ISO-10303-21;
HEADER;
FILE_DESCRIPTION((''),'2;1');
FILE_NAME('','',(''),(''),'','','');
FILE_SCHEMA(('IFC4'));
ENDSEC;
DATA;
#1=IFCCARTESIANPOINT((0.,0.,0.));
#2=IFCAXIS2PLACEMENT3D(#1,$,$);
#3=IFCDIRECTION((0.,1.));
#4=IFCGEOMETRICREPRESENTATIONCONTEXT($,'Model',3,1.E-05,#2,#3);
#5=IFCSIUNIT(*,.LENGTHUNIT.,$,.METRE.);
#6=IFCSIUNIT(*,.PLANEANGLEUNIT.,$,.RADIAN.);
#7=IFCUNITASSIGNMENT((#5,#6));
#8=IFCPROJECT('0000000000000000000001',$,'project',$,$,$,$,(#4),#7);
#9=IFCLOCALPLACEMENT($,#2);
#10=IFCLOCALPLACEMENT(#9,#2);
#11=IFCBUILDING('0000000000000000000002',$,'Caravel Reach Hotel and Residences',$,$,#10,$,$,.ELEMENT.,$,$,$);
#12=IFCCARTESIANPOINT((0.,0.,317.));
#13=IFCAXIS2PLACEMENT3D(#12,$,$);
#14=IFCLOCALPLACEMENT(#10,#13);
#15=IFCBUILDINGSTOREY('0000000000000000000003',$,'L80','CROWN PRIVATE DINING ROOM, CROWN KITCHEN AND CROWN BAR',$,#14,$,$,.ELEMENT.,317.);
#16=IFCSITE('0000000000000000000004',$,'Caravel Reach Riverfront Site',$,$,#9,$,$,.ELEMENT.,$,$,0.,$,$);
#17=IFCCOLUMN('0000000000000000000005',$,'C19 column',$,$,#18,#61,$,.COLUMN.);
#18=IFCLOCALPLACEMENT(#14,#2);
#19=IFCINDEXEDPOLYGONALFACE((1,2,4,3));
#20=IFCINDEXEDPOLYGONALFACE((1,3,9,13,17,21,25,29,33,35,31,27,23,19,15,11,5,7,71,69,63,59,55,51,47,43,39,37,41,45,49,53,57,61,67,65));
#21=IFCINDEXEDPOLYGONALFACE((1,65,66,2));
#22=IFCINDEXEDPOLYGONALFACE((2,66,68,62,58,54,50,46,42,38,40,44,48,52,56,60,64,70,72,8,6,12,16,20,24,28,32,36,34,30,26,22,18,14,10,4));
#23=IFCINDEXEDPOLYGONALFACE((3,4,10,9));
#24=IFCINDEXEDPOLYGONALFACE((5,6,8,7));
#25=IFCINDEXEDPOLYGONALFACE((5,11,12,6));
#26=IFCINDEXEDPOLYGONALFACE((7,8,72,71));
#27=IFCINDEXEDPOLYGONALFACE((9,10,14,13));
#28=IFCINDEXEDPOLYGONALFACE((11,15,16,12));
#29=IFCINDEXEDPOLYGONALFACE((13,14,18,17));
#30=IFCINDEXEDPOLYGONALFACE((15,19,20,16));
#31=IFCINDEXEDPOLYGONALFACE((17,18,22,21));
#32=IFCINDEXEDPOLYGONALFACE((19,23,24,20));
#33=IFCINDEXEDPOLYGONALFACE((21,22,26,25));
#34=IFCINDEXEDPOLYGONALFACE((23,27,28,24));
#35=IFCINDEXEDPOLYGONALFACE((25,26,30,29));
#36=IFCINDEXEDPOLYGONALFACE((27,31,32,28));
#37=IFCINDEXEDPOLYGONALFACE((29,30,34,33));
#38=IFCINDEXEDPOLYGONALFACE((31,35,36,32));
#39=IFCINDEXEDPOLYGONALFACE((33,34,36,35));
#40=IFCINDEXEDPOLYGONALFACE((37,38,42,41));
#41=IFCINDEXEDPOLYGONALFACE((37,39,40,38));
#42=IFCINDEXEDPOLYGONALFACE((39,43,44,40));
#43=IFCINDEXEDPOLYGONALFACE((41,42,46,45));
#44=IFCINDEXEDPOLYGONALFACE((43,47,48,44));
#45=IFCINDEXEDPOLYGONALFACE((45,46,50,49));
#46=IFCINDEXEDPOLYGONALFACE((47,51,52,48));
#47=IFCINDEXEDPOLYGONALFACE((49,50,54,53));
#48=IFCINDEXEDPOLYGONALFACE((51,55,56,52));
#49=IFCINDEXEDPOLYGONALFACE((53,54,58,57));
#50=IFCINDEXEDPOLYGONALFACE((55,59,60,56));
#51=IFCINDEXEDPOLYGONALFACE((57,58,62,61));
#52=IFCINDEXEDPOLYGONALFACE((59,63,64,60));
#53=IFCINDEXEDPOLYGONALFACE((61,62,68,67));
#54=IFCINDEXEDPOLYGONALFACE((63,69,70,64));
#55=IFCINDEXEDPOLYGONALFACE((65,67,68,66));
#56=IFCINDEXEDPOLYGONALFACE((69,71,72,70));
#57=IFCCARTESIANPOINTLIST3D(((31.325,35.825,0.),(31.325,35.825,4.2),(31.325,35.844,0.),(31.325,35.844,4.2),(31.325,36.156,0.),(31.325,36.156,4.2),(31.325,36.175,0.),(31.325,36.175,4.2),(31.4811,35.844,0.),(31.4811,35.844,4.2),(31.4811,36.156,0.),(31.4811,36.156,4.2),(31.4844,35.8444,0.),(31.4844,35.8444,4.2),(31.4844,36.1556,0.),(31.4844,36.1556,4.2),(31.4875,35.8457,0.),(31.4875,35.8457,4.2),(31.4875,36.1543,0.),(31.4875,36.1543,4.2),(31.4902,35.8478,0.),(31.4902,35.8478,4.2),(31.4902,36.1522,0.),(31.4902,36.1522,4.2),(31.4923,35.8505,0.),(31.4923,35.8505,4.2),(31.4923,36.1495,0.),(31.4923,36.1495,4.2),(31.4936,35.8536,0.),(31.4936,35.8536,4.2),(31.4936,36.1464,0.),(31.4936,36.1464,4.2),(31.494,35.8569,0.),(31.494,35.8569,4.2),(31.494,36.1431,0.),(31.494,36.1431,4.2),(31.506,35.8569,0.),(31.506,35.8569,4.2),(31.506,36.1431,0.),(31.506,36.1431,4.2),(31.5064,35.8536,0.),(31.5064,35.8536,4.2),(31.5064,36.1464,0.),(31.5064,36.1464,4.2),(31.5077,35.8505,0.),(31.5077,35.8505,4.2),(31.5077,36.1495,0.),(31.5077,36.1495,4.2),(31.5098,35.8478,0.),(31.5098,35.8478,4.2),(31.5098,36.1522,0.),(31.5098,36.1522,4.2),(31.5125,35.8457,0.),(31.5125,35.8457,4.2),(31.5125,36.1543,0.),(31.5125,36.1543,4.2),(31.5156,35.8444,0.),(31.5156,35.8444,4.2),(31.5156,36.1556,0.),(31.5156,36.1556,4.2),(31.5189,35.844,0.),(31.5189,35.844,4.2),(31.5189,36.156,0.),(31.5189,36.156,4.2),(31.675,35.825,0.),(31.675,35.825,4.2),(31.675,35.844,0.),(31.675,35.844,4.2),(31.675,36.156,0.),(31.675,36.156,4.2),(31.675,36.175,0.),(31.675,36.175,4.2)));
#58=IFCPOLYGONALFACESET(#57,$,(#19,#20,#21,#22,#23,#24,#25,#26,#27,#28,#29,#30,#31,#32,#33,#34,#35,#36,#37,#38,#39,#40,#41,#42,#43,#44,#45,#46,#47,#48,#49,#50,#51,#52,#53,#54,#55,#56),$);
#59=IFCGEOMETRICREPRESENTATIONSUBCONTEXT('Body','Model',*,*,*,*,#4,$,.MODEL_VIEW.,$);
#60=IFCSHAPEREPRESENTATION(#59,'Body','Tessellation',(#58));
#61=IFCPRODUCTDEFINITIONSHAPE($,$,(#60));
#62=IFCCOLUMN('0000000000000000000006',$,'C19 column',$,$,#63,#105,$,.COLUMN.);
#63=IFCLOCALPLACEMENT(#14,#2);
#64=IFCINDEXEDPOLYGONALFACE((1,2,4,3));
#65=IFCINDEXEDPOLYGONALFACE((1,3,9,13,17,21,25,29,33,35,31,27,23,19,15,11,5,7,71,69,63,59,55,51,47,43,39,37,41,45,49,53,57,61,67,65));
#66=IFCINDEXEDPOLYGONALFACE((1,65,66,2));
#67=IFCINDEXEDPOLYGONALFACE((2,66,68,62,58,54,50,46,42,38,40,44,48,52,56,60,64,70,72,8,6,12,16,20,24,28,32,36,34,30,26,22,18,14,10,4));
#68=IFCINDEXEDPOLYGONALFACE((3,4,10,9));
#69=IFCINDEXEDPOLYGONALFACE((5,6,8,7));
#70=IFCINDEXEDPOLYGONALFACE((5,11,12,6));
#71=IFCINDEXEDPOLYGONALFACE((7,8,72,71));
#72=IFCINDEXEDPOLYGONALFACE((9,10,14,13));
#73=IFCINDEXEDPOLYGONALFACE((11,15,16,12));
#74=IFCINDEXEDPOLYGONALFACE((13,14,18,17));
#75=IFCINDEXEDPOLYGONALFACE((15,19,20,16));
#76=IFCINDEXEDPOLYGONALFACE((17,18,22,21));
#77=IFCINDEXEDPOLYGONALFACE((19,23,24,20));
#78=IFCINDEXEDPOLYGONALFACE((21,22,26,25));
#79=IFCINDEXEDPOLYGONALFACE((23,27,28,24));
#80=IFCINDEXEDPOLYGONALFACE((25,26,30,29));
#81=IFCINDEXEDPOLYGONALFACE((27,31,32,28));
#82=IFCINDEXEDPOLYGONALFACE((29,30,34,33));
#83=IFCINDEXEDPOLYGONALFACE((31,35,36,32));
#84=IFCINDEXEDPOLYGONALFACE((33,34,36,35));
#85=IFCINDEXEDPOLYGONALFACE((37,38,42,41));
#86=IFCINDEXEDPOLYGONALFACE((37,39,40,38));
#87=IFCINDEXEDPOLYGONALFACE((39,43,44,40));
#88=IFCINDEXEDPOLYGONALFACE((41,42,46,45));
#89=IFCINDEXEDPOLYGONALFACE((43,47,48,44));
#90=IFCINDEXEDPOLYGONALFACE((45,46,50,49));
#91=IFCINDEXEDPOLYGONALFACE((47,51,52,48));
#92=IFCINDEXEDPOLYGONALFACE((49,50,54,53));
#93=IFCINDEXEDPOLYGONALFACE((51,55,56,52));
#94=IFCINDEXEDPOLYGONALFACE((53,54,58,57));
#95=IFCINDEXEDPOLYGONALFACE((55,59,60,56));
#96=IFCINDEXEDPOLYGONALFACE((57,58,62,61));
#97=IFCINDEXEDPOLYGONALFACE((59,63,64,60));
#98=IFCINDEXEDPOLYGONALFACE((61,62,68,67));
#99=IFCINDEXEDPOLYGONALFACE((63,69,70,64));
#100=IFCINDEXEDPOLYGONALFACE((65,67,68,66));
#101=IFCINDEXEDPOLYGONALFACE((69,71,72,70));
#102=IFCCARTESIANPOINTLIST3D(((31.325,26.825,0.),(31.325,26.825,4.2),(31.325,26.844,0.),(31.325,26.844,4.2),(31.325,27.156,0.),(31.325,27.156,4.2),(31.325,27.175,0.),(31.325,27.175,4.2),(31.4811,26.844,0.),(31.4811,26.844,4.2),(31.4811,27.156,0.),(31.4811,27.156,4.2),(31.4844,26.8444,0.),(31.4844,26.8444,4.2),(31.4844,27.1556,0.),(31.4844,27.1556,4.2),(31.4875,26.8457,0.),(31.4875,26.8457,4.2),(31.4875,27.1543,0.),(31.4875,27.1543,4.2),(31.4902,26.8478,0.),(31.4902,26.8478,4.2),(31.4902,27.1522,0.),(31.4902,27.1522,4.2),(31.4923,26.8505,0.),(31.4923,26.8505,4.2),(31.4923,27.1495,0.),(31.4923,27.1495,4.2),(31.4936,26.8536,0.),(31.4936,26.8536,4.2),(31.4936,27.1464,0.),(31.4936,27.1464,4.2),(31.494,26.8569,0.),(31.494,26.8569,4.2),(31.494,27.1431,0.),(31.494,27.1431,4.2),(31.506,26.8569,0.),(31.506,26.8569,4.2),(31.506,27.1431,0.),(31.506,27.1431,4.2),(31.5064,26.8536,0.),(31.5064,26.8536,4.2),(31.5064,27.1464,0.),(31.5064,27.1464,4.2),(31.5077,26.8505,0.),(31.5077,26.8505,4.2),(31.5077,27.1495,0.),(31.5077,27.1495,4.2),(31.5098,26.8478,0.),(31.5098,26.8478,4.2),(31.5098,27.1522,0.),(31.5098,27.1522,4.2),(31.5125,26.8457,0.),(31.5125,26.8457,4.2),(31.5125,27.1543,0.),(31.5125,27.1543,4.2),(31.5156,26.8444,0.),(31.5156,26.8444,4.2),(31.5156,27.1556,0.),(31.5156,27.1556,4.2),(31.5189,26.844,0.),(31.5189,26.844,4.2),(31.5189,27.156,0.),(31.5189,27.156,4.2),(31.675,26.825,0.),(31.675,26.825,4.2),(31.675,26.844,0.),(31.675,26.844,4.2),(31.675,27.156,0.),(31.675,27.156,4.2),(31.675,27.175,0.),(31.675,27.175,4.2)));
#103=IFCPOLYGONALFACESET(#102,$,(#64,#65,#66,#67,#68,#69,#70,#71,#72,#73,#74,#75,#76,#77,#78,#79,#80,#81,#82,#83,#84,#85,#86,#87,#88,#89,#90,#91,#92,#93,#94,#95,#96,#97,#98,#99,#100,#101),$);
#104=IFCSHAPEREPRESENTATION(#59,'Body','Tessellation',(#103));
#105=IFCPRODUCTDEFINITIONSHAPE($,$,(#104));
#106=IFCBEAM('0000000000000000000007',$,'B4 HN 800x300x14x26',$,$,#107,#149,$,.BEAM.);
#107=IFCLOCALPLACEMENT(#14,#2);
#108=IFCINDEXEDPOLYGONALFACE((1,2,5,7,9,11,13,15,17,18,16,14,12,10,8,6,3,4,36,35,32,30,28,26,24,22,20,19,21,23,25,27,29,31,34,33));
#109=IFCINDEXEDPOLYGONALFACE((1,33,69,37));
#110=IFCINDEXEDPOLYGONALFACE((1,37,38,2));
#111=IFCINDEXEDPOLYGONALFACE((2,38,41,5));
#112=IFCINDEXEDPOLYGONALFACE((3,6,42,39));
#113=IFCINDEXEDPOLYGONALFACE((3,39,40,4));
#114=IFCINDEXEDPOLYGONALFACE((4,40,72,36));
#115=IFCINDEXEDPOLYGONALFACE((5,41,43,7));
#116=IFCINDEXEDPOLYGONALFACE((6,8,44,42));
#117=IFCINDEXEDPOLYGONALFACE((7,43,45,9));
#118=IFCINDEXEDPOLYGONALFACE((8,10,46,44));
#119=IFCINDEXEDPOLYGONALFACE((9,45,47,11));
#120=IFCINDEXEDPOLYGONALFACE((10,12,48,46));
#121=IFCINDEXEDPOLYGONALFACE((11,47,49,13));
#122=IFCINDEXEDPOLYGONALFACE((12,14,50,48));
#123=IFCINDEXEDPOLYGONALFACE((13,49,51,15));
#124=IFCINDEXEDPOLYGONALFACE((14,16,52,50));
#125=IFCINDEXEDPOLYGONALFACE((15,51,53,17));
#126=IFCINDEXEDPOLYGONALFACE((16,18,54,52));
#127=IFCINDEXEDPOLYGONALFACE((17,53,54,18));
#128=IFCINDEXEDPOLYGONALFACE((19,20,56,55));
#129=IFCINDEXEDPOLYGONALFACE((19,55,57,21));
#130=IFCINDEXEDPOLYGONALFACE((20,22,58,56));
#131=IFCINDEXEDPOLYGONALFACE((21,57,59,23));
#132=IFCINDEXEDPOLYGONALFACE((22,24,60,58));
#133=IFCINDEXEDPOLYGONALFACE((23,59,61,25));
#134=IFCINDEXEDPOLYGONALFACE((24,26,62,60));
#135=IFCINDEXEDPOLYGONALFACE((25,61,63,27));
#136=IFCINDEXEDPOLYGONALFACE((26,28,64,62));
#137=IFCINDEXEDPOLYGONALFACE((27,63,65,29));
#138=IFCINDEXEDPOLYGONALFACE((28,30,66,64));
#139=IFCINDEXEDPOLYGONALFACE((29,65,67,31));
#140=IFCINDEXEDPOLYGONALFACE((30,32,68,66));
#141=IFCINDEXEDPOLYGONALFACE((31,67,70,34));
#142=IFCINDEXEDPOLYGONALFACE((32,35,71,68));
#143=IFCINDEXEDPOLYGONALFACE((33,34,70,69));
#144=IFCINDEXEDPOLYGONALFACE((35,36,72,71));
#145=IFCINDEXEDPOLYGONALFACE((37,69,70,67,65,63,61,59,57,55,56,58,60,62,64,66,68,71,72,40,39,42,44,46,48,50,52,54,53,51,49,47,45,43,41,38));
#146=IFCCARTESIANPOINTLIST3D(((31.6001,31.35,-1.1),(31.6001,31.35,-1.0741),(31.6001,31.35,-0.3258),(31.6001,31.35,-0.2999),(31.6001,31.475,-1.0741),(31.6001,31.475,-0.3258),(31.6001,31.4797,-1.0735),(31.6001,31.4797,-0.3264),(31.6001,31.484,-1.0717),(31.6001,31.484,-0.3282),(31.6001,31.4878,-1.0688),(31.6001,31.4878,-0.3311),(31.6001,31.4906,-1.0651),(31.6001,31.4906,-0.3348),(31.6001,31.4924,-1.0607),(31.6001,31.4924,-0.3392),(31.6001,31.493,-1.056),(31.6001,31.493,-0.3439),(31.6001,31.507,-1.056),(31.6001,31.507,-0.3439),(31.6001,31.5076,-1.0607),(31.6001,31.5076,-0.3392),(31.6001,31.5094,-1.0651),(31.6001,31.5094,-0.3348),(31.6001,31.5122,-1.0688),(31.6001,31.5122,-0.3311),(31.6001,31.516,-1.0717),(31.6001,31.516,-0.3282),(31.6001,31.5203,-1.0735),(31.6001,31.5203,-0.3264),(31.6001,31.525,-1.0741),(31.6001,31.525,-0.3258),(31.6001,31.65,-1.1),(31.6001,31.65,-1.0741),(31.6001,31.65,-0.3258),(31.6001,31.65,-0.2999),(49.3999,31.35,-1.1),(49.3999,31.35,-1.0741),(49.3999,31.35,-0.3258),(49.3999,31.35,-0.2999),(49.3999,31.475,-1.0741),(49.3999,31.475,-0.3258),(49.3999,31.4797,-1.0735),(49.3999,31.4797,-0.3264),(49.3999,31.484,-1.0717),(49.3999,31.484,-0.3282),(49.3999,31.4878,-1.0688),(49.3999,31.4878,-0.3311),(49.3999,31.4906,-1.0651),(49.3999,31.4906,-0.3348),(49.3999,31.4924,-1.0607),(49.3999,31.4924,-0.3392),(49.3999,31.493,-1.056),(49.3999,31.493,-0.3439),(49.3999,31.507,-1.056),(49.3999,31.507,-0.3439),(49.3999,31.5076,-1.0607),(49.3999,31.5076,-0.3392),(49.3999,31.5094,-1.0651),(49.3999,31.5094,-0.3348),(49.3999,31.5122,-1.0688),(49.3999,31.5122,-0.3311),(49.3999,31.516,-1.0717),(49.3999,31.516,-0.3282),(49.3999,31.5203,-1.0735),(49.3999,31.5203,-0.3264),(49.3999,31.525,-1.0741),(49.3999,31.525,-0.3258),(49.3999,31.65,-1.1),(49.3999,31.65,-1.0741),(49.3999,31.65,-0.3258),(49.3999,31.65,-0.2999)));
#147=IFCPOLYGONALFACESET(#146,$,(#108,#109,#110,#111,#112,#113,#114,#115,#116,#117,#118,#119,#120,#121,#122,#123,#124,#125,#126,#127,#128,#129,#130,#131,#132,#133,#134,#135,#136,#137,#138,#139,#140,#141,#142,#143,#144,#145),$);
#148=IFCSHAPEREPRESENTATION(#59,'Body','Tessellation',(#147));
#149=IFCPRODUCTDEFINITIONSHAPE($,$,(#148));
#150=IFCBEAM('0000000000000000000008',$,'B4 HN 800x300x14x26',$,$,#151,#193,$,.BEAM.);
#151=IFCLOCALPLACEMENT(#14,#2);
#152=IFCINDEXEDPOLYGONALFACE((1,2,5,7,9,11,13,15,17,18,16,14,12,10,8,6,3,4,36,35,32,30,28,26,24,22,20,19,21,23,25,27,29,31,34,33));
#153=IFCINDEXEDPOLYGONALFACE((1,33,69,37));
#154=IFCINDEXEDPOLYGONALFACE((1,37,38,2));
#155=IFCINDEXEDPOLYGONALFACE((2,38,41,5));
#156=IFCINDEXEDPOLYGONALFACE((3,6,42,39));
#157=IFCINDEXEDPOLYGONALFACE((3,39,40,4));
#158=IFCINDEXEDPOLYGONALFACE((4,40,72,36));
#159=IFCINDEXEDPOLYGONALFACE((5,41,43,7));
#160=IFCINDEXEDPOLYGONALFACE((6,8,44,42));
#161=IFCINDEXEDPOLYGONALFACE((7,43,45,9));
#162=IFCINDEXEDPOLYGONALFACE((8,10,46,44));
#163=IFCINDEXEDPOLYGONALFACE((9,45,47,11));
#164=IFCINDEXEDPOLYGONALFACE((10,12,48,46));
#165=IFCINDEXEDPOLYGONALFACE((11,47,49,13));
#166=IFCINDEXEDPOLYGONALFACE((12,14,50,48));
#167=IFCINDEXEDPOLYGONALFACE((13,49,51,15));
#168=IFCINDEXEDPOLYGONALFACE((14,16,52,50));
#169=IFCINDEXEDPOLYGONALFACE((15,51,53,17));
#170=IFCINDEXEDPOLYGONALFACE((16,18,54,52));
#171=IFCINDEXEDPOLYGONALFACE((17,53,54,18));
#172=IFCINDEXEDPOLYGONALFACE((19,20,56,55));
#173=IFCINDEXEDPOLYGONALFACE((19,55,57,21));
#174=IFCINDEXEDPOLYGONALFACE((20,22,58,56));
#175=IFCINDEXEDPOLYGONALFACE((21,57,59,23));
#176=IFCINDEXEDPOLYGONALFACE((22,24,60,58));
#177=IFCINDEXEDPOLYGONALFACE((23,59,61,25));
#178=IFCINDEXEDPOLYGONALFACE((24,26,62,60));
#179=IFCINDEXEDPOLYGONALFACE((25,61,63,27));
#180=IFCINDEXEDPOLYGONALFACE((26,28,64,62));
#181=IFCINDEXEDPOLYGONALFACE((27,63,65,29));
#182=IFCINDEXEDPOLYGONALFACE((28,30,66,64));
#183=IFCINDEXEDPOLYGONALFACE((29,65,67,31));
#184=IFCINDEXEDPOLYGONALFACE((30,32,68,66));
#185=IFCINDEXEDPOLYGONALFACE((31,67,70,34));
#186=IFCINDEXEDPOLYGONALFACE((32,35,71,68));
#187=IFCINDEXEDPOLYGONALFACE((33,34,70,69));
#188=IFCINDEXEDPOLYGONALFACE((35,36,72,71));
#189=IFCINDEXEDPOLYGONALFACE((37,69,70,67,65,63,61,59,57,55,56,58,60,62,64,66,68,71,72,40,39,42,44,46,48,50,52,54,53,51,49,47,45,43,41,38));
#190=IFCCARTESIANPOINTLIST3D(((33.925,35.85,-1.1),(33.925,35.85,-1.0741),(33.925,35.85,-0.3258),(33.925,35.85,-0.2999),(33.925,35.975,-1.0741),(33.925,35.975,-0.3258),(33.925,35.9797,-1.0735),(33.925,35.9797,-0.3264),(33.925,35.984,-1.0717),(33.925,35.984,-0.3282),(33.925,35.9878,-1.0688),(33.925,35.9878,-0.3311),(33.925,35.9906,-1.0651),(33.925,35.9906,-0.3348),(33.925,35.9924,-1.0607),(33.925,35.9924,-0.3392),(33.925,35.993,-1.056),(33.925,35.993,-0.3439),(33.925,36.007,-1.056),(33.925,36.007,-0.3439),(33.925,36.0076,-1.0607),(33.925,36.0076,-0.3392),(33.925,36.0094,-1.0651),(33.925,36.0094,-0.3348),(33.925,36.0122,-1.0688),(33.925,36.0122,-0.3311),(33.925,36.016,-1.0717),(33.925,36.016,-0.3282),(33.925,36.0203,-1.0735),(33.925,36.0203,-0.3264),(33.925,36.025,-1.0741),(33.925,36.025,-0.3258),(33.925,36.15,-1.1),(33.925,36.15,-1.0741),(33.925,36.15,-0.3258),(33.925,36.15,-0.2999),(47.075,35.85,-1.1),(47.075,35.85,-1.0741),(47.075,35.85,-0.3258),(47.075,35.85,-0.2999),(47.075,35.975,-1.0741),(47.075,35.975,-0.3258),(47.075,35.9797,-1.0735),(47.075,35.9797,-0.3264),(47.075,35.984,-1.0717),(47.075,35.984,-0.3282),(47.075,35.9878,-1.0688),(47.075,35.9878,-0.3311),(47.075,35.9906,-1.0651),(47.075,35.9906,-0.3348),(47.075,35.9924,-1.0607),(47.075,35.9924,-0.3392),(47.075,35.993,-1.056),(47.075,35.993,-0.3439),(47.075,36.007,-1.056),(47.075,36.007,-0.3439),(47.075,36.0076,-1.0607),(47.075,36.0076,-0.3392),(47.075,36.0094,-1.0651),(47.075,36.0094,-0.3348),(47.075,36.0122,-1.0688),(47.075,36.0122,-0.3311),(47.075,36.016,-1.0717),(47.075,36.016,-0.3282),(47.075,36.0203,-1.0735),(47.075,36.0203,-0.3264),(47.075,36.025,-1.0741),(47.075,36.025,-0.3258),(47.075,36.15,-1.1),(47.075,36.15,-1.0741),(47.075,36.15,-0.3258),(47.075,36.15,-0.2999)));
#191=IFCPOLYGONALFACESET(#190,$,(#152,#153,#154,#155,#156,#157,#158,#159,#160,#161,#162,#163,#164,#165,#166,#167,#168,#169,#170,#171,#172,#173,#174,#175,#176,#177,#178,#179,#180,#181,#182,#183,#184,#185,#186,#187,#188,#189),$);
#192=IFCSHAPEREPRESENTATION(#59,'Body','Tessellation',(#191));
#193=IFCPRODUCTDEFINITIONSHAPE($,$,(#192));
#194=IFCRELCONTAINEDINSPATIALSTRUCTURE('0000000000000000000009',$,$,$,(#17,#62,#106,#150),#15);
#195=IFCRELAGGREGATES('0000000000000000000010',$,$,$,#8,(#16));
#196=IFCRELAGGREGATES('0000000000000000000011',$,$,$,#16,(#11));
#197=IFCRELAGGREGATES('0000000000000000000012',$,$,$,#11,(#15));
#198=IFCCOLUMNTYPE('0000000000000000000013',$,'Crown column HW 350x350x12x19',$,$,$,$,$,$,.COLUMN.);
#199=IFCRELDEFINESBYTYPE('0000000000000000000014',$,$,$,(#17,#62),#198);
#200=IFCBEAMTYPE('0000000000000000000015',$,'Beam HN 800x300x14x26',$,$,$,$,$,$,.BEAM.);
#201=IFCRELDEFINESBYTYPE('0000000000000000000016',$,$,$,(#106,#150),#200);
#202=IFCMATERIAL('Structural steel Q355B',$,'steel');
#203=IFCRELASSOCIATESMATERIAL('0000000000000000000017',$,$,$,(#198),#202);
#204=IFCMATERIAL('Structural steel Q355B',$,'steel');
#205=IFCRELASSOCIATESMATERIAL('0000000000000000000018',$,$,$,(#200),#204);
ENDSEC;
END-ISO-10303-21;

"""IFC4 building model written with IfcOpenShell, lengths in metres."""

from ifc_helpers import new_model, si_unit, direction, frame, origin, origin_2d, place, context, subcontext, project, spatial, i_section, extrude, material, material_profile, profile_set, type_object, element, save


model = new_model("IFC4")

# Units and contexts
model_context = context("Model", 3, precision=1e-05, world=origin(), true_north=direction((0.0, 1.0)))
body_context = subcontext(model_context, "Body", "Model", "MODEL_VIEW")
ifc_project = project(units=[si_unit("LENGTHUNIT", "METRE"), si_unit("PLANEANGLEUNIT", "RADIAN")], contexts=[model_context])

# Site, building, storey
site_placement = place(None, origin())
site = spatial("IfcSite", under=ifc_project, at=site_placement, Name="Caravel Reach Riverfront Site", CompositionType="ELEMENT", RefElevation=0.0)
building_placement = place(site_placement, origin())
building = spatial("IfcBuilding", under=site, at=building_placement, Name="Caravel Reach Hotel and Residences", CompositionType="ELEMENT")
storey_placement = place(building_placement, frame((0.0, 0.0, 317.0)))
storey = spatial("IfcBuildingStorey", under=building, at=storey_placement, Name="L80", Description="CROWN PRIVATE DINING ROOM, CROWN KITCHEN AND CROWN BAR", CompositionType="ELEMENT", Elevation=317.0)

# Columns
ifc_material_1 = material(Name="Structural steel Q355B", Category="steel")
ifc_material_profile_1 = material_profile(ifc_material_1, i_section(OverallWidth=0.3501, OverallDepth=0.3501, WebThickness=0.012, FlangeThickness=0.019, FilletRadius=0.0129, at=origin_2d()), Name="HW 350x350x12x19")
ifc_profile_set_1 = profile_set([ifc_material_profile_1], Name="Structural steel Q355B")
column_type = type_object("IfcColumnType", Name="Crown column HW 350x350x12x19", PredefinedType="COLUMN", material=ifc_profile_set_1)
for number, where, z_axis, x_axis, name in (
    (1, (31.5, 36.0, 0.0), (0.0, 0.0, 1.0), (1.0, 0.0, 0.0), "C19 column"),
    (2, (31.5, 27.0, 0.0), (0.0, 0.0, 1.0), (1.0, 0.0, 0.0), "C19 column"),
):
    element("IfcColumn", number, at=place(storey_placement, frame(where, z_axis=z_axis, x_axis=x_axis)), inside=storey, type_object=column_type, Name=name, PredefinedType="COLUMN", context=body_context, shape_type="SweptSolid", body=[
        extrude(i_section(OverallWidth=0.3501, OverallDepth=0.3501, WebThickness=0.012, FlangeThickness=0.019, FilletRadius=0.0129, at=origin_2d()), origin(), (0.0, 0.0, 1.0), 4.2),
    ])

# Beams
ifc_material_2 = material(Name="Structural steel Q355B", Category="steel")
ifc_material_profile_2 = material_profile(ifc_material_2, i_section(OverallWidth=0.3, OverallDepth=0.8, WebThickness=0.0139, FlangeThickness=0.0259, FilletRadius=0.0181, at=origin_2d()), Name="HN 800x300x14x26")
ifc_profile_set_2 = profile_set([ifc_material_profile_2], Name="Structural steel Q355B")
beam_type_1 = type_object("IfcBeamType", Name="Beam HN 800x300x14x26", PredefinedType="BEAM", material=ifc_profile_set_2)
beam_1_placement = place(storey_placement, frame((31.6001, 31.5, -0.7), z_axis=(1.0, 0.0, 0.0), x_axis=(0.0, 1.0, 0.0)))
element("IfcBeam", 3, at=beam_1_placement, inside=storey, type_object=beam_type_1, Name="B4 HN 800x300x14x26", PredefinedType="BEAM", context=body_context, shape_type="SweptSolid", body=[
    extrude(i_section(OverallWidth=0.3, OverallDepth=0.8, WebThickness=0.0139, FlangeThickness=0.0259, FilletRadius=0.0181, at=origin_2d()), origin(), (0.0, 0.0, 1.0), 17.7998),
])
beam_2_placement = place(storey_placement, frame((33.925, 36.0, -0.7), z_axis=(1.0, 0.0, 0.0), x_axis=(0.0, 1.0, 0.0)))
element("IfcBeam", 4, at=beam_2_placement, inside=storey, type_object=beam_type_1, Name="B4 HN 800x300x14x26", PredefinedType="BEAM", context=body_context, shape_type="SweptSolid", body=[
    extrude(i_section(OverallWidth=0.3, OverallDepth=0.8, WebThickness=0.0139, FlangeThickness=0.0259, FilletRadius=0.0181, at=origin_2d()), origin(), (0.0, 0.0, 1.0), 13.1499),
])

save(model, "model.ifc")
